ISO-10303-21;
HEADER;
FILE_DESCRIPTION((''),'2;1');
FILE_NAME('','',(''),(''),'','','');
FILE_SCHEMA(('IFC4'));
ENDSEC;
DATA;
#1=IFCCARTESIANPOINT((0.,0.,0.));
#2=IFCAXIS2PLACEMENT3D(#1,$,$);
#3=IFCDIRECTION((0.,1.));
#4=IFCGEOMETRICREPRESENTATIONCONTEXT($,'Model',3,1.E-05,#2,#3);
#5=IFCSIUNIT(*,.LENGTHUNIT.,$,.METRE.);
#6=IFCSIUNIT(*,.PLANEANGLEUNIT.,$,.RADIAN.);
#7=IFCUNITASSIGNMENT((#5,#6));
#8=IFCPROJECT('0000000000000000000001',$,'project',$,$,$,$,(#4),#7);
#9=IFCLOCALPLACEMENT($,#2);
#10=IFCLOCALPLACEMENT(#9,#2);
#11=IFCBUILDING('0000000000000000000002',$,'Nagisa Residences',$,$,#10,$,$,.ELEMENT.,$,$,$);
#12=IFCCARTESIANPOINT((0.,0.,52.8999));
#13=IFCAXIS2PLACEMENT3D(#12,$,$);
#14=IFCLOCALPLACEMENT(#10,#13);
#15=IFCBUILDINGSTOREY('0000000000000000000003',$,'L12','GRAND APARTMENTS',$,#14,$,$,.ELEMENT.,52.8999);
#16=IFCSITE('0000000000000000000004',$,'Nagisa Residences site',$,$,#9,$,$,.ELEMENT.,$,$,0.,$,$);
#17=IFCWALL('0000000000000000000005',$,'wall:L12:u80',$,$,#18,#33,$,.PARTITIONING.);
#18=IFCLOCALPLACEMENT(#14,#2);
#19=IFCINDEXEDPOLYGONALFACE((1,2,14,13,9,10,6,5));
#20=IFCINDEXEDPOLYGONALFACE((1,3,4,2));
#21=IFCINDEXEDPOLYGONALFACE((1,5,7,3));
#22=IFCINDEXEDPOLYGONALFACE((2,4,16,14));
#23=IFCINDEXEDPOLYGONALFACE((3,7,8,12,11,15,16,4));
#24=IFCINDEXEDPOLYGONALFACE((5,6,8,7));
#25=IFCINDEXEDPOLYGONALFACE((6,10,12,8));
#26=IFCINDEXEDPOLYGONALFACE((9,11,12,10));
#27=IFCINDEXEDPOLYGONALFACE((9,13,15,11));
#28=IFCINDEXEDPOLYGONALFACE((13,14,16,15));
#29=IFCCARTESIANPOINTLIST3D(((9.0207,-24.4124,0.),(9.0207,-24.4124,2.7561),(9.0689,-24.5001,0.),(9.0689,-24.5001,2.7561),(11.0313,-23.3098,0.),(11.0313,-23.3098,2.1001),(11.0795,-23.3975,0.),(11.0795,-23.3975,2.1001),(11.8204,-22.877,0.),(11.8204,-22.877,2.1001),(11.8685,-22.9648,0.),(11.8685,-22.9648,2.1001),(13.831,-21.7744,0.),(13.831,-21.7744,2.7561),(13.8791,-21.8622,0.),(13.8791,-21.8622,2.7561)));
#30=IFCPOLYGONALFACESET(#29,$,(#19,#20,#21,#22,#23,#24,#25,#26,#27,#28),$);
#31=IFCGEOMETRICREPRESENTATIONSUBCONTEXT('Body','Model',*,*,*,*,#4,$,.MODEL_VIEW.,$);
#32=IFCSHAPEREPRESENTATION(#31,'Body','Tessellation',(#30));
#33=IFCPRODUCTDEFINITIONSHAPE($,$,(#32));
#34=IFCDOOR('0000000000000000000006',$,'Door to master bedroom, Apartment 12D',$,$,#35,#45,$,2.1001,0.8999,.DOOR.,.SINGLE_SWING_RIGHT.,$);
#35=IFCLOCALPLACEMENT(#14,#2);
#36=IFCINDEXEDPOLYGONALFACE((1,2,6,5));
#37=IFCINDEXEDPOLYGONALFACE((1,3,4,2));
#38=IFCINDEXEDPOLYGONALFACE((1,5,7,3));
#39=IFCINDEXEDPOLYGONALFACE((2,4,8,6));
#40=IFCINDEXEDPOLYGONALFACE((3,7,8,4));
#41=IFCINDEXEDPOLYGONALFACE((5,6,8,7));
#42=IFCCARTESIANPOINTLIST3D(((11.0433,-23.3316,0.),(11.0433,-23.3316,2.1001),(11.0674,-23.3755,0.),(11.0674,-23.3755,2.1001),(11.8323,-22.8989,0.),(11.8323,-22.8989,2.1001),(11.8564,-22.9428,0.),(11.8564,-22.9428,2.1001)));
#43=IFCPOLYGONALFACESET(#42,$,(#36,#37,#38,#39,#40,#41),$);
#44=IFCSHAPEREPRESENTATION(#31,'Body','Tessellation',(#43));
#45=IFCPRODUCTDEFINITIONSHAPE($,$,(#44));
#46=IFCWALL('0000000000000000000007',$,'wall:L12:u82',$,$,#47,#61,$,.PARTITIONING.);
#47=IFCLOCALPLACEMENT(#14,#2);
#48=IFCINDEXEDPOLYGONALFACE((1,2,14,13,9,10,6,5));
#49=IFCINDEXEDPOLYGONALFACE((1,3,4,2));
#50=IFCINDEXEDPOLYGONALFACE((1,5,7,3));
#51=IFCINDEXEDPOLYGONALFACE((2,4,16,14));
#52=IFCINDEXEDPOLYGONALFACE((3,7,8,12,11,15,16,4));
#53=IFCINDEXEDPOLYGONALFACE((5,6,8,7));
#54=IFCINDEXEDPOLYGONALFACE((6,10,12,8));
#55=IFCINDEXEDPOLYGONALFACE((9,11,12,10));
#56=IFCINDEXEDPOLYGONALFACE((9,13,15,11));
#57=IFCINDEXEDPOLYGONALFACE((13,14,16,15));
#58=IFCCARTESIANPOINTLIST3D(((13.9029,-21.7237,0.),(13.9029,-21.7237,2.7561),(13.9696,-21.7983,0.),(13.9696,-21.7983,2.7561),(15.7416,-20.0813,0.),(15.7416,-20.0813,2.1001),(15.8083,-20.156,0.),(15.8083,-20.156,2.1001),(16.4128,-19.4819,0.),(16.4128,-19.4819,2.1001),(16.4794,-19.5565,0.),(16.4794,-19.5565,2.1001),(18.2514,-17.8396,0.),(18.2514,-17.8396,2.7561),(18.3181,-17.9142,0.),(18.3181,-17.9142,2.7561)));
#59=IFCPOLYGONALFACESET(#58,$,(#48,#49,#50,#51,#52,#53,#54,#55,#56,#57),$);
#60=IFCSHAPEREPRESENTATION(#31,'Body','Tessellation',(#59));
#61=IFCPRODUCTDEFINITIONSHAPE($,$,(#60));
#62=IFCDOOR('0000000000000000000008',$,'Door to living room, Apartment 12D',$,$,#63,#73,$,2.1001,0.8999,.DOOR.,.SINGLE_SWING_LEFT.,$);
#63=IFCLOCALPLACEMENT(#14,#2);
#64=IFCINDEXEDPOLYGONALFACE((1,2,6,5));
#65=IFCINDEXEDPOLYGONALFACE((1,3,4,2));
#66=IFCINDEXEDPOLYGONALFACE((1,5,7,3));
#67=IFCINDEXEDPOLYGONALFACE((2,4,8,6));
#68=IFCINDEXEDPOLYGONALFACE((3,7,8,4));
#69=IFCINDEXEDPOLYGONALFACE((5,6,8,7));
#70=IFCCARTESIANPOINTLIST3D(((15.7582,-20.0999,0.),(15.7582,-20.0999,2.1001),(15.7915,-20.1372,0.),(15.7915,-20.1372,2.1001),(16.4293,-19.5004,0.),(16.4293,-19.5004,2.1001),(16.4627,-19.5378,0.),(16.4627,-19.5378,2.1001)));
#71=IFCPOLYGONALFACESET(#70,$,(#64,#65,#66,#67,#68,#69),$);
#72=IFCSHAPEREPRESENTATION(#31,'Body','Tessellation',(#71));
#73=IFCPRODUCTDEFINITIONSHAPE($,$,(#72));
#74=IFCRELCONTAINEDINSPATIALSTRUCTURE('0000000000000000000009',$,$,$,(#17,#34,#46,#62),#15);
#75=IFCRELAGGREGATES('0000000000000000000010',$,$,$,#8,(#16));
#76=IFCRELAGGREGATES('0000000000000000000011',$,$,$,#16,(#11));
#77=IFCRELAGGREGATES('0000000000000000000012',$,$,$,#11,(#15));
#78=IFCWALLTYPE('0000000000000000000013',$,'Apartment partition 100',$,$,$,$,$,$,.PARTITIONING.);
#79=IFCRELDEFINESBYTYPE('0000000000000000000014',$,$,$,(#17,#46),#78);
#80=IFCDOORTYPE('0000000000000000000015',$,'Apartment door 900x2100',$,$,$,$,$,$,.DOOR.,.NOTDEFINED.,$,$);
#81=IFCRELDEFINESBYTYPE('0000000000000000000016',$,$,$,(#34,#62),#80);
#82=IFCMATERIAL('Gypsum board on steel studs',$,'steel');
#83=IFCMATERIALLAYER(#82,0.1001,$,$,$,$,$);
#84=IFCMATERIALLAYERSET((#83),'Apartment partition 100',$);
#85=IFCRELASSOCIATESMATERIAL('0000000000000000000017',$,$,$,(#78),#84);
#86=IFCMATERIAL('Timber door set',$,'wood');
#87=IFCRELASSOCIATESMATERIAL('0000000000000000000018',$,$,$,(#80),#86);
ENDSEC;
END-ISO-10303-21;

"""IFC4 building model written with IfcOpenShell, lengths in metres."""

from ifc_helpers import new_model, si_unit, direction, frame, frame_2d, origin, place, context, subcontext, project, spatial, rectangle, extrude, material, layer, layer_set, type_object, element, fill, save


model = new_model("IFC4")

# Units and contexts
model_context = context("Model", 3, precision=1e-05, world=origin(), true_north=direction((0.0, 1.0)))
body_context = subcontext(model_context, "Body", "Model", "MODEL_VIEW")
ifc_project = project(units=[si_unit("LENGTHUNIT", "METRE"), si_unit("PLANEANGLEUNIT", "RADIAN")], contexts=[model_context])

# Site, building, storey
site_placement = place(None, origin())
site = spatial("IfcSite", under=ifc_project, at=site_placement, Name="Nagisa Residences site", CompositionType="ELEMENT", RefElevation=0.0)
building_placement = place(site_placement, origin())
building = spatial("IfcBuilding", under=site, at=building_placement, Name="Nagisa Residences", CompositionType="ELEMENT")
storey_placement = place(building_placement, frame((0.0, 0.0, 52.8999)))
storey = spatial("IfcBuildingStorey", under=building, at=storey_placement, Name="L12", Description="GRAND APARTMENTS", CompositionType="ELEMENT", Elevation=52.8999)

# Shared definitions
ifc_material_1 = material(Name="Gypsum board on steel studs", Category="steel")
ifc_layer_1 = layer(ifc_material_1, 0.1001)
ifc_layer_set_1 = layer_set([ifc_layer_1], Name="Apartment partition 100")
wall_type_1 = type_object("IfcWallType", Name="Apartment partition 100", PredefinedType="PARTITIONING", material=ifc_layer_set_1)

# Shared definitions
ifc_material_2 = material(Name="Timber door set", Category="wood")
door_type_1 = type_object("IfcDoorType", Name="Apartment door 900x2100", OperationType="NOTDEFINED", PredefinedType="DOOR", material=ifc_material_2)

# Walls, openings, doors
wall_1_placement = place(storey_placement, frame((9.0447, -24.4563, 0.0), z_axis=(0.0, 0.0, 1.0), x_axis=(0.87681, 0.480837, 0.0)))
wall_1 = element("IfcWall", 1, at=wall_1_placement, inside=storey, type_object=wall_type_1, Name="wall:L12:u80", PredefinedType="PARTITIONING", context=body_context, shape_type="SweptSolid", body=[
    extrude(rectangle(XDim=5.4861, YDim=0.1001, at=frame_2d((2.7432, 0.0))), origin(), (0.0, 0.0, 1.0), 2.7561),
])
opening_1_placement = place(wall_1_placement, frame((2.2932, 0.0, 0.0)))
opening_1 = element("IfcOpeningElement", 2, at=opening_1_placement, cuts=wall_1, PredefinedType="OPENING", context=body_context, shape_type="SweptSolid", body=[
    extrude(rectangle(XDim=0.8999, YDim=2.1001, at=frame_2d((0.45, 1.05))), frame((0.0, 0.0601, 0.0), z_axis=(0.0, -1.0, 0.0), x_axis=(1.0, 0.0, 0.0)), (0.0, 0.0, 1.0), 0.1201),
])
door_1_placement = place(opening_1_placement, frame((0.8999, 0.0, 0.0), x_axis=(-1.0, 0.0, 0.0)))
door_1 = element("IfcDoor", 3, at=door_1_placement, inside=storey, type_object=door_type_1, Name="Door to master bedroom, Apartment 12D", OperationType="SINGLE_SWING_RIGHT", OverallHeight=2.1001, OverallWidth=0.8999, PredefinedType="DOOR", context=body_context, shape_type="SweptSolid", body=[
    extrude(rectangle(XDim=0.8999, YDim=2.1001, at=frame_2d((0.45, 1.05))), frame((0.0, 0.0249, 0.0), z_axis=(0.0, -1.0, 0.0), x_axis=(1.0, 0.0, 0.0)), (0.0, 0.0, 1.0), 0.05),
])
fill(opening_1, door_1)
wall_2_placement = place(storey_placement, frame((13.9363, -21.761, 0.0), z_axis=(0.0, 0.0, 1.0), x_axis=(0.745806, 0.666163, 0.0)))
wall_2 = element("IfcWall", 4, at=wall_2_placement, inside=storey, type_object=wall_type_1, Name="wall:L12:u82", PredefinedType="PARTITIONING", context=body_context, shape_type="SweptSolid", body=[
    extrude(rectangle(XDim=5.8306, YDim=0.1001, at=frame_2d((2.9153, 0.0))), origin(), (0.0, 0.0, 1.0), 2.7561),
])
opening_2_placement = place(wall_2_placement, frame((2.4653, 0.0, 0.0)))
opening_2 = element("IfcOpeningElement", 5, at=opening_2_placement, cuts=wall_2, PredefinedType="OPENING", context=body_context, shape_type="SweptSolid", body=[
    extrude(rectangle(XDim=0.8999, YDim=2.1001, at=frame_2d((0.45, 1.05))), frame((0.0, 0.0601, 0.0), z_axis=(0.0, -1.0, 0.0), x_axis=(1.0, 0.0, 0.0)), (0.0, 0.0, 1.0), 0.1201),
])
door_2_placement = place(opening_2_placement, frame((0.8999, 0.0, 0.0), x_axis=(-1.0, 0.0, 0.0)))
door_2 = element("IfcDoor", 6, at=door_2_placement, inside=storey, type_object=door_type_1, Name="Door to living room, Apartment 12D", OperationType="SINGLE_SWING_LEFT", OverallHeight=2.1001, OverallWidth=0.8999, PredefinedType="DOOR", context=body_context, shape_type="SweptSolid", body=[
    extrude(rectangle(XDim=0.8999, YDim=2.1001, at=frame_2d((0.45, 1.05))), frame((0.0, 0.0249, 0.0), z_axis=(0.0, -1.0, 0.0), x_axis=(1.0, 0.0, 0.0)), (0.0, 0.0, 1.0), 0.05),
])
fill(opening_2, door_2)

save(model, "model.ifc")
